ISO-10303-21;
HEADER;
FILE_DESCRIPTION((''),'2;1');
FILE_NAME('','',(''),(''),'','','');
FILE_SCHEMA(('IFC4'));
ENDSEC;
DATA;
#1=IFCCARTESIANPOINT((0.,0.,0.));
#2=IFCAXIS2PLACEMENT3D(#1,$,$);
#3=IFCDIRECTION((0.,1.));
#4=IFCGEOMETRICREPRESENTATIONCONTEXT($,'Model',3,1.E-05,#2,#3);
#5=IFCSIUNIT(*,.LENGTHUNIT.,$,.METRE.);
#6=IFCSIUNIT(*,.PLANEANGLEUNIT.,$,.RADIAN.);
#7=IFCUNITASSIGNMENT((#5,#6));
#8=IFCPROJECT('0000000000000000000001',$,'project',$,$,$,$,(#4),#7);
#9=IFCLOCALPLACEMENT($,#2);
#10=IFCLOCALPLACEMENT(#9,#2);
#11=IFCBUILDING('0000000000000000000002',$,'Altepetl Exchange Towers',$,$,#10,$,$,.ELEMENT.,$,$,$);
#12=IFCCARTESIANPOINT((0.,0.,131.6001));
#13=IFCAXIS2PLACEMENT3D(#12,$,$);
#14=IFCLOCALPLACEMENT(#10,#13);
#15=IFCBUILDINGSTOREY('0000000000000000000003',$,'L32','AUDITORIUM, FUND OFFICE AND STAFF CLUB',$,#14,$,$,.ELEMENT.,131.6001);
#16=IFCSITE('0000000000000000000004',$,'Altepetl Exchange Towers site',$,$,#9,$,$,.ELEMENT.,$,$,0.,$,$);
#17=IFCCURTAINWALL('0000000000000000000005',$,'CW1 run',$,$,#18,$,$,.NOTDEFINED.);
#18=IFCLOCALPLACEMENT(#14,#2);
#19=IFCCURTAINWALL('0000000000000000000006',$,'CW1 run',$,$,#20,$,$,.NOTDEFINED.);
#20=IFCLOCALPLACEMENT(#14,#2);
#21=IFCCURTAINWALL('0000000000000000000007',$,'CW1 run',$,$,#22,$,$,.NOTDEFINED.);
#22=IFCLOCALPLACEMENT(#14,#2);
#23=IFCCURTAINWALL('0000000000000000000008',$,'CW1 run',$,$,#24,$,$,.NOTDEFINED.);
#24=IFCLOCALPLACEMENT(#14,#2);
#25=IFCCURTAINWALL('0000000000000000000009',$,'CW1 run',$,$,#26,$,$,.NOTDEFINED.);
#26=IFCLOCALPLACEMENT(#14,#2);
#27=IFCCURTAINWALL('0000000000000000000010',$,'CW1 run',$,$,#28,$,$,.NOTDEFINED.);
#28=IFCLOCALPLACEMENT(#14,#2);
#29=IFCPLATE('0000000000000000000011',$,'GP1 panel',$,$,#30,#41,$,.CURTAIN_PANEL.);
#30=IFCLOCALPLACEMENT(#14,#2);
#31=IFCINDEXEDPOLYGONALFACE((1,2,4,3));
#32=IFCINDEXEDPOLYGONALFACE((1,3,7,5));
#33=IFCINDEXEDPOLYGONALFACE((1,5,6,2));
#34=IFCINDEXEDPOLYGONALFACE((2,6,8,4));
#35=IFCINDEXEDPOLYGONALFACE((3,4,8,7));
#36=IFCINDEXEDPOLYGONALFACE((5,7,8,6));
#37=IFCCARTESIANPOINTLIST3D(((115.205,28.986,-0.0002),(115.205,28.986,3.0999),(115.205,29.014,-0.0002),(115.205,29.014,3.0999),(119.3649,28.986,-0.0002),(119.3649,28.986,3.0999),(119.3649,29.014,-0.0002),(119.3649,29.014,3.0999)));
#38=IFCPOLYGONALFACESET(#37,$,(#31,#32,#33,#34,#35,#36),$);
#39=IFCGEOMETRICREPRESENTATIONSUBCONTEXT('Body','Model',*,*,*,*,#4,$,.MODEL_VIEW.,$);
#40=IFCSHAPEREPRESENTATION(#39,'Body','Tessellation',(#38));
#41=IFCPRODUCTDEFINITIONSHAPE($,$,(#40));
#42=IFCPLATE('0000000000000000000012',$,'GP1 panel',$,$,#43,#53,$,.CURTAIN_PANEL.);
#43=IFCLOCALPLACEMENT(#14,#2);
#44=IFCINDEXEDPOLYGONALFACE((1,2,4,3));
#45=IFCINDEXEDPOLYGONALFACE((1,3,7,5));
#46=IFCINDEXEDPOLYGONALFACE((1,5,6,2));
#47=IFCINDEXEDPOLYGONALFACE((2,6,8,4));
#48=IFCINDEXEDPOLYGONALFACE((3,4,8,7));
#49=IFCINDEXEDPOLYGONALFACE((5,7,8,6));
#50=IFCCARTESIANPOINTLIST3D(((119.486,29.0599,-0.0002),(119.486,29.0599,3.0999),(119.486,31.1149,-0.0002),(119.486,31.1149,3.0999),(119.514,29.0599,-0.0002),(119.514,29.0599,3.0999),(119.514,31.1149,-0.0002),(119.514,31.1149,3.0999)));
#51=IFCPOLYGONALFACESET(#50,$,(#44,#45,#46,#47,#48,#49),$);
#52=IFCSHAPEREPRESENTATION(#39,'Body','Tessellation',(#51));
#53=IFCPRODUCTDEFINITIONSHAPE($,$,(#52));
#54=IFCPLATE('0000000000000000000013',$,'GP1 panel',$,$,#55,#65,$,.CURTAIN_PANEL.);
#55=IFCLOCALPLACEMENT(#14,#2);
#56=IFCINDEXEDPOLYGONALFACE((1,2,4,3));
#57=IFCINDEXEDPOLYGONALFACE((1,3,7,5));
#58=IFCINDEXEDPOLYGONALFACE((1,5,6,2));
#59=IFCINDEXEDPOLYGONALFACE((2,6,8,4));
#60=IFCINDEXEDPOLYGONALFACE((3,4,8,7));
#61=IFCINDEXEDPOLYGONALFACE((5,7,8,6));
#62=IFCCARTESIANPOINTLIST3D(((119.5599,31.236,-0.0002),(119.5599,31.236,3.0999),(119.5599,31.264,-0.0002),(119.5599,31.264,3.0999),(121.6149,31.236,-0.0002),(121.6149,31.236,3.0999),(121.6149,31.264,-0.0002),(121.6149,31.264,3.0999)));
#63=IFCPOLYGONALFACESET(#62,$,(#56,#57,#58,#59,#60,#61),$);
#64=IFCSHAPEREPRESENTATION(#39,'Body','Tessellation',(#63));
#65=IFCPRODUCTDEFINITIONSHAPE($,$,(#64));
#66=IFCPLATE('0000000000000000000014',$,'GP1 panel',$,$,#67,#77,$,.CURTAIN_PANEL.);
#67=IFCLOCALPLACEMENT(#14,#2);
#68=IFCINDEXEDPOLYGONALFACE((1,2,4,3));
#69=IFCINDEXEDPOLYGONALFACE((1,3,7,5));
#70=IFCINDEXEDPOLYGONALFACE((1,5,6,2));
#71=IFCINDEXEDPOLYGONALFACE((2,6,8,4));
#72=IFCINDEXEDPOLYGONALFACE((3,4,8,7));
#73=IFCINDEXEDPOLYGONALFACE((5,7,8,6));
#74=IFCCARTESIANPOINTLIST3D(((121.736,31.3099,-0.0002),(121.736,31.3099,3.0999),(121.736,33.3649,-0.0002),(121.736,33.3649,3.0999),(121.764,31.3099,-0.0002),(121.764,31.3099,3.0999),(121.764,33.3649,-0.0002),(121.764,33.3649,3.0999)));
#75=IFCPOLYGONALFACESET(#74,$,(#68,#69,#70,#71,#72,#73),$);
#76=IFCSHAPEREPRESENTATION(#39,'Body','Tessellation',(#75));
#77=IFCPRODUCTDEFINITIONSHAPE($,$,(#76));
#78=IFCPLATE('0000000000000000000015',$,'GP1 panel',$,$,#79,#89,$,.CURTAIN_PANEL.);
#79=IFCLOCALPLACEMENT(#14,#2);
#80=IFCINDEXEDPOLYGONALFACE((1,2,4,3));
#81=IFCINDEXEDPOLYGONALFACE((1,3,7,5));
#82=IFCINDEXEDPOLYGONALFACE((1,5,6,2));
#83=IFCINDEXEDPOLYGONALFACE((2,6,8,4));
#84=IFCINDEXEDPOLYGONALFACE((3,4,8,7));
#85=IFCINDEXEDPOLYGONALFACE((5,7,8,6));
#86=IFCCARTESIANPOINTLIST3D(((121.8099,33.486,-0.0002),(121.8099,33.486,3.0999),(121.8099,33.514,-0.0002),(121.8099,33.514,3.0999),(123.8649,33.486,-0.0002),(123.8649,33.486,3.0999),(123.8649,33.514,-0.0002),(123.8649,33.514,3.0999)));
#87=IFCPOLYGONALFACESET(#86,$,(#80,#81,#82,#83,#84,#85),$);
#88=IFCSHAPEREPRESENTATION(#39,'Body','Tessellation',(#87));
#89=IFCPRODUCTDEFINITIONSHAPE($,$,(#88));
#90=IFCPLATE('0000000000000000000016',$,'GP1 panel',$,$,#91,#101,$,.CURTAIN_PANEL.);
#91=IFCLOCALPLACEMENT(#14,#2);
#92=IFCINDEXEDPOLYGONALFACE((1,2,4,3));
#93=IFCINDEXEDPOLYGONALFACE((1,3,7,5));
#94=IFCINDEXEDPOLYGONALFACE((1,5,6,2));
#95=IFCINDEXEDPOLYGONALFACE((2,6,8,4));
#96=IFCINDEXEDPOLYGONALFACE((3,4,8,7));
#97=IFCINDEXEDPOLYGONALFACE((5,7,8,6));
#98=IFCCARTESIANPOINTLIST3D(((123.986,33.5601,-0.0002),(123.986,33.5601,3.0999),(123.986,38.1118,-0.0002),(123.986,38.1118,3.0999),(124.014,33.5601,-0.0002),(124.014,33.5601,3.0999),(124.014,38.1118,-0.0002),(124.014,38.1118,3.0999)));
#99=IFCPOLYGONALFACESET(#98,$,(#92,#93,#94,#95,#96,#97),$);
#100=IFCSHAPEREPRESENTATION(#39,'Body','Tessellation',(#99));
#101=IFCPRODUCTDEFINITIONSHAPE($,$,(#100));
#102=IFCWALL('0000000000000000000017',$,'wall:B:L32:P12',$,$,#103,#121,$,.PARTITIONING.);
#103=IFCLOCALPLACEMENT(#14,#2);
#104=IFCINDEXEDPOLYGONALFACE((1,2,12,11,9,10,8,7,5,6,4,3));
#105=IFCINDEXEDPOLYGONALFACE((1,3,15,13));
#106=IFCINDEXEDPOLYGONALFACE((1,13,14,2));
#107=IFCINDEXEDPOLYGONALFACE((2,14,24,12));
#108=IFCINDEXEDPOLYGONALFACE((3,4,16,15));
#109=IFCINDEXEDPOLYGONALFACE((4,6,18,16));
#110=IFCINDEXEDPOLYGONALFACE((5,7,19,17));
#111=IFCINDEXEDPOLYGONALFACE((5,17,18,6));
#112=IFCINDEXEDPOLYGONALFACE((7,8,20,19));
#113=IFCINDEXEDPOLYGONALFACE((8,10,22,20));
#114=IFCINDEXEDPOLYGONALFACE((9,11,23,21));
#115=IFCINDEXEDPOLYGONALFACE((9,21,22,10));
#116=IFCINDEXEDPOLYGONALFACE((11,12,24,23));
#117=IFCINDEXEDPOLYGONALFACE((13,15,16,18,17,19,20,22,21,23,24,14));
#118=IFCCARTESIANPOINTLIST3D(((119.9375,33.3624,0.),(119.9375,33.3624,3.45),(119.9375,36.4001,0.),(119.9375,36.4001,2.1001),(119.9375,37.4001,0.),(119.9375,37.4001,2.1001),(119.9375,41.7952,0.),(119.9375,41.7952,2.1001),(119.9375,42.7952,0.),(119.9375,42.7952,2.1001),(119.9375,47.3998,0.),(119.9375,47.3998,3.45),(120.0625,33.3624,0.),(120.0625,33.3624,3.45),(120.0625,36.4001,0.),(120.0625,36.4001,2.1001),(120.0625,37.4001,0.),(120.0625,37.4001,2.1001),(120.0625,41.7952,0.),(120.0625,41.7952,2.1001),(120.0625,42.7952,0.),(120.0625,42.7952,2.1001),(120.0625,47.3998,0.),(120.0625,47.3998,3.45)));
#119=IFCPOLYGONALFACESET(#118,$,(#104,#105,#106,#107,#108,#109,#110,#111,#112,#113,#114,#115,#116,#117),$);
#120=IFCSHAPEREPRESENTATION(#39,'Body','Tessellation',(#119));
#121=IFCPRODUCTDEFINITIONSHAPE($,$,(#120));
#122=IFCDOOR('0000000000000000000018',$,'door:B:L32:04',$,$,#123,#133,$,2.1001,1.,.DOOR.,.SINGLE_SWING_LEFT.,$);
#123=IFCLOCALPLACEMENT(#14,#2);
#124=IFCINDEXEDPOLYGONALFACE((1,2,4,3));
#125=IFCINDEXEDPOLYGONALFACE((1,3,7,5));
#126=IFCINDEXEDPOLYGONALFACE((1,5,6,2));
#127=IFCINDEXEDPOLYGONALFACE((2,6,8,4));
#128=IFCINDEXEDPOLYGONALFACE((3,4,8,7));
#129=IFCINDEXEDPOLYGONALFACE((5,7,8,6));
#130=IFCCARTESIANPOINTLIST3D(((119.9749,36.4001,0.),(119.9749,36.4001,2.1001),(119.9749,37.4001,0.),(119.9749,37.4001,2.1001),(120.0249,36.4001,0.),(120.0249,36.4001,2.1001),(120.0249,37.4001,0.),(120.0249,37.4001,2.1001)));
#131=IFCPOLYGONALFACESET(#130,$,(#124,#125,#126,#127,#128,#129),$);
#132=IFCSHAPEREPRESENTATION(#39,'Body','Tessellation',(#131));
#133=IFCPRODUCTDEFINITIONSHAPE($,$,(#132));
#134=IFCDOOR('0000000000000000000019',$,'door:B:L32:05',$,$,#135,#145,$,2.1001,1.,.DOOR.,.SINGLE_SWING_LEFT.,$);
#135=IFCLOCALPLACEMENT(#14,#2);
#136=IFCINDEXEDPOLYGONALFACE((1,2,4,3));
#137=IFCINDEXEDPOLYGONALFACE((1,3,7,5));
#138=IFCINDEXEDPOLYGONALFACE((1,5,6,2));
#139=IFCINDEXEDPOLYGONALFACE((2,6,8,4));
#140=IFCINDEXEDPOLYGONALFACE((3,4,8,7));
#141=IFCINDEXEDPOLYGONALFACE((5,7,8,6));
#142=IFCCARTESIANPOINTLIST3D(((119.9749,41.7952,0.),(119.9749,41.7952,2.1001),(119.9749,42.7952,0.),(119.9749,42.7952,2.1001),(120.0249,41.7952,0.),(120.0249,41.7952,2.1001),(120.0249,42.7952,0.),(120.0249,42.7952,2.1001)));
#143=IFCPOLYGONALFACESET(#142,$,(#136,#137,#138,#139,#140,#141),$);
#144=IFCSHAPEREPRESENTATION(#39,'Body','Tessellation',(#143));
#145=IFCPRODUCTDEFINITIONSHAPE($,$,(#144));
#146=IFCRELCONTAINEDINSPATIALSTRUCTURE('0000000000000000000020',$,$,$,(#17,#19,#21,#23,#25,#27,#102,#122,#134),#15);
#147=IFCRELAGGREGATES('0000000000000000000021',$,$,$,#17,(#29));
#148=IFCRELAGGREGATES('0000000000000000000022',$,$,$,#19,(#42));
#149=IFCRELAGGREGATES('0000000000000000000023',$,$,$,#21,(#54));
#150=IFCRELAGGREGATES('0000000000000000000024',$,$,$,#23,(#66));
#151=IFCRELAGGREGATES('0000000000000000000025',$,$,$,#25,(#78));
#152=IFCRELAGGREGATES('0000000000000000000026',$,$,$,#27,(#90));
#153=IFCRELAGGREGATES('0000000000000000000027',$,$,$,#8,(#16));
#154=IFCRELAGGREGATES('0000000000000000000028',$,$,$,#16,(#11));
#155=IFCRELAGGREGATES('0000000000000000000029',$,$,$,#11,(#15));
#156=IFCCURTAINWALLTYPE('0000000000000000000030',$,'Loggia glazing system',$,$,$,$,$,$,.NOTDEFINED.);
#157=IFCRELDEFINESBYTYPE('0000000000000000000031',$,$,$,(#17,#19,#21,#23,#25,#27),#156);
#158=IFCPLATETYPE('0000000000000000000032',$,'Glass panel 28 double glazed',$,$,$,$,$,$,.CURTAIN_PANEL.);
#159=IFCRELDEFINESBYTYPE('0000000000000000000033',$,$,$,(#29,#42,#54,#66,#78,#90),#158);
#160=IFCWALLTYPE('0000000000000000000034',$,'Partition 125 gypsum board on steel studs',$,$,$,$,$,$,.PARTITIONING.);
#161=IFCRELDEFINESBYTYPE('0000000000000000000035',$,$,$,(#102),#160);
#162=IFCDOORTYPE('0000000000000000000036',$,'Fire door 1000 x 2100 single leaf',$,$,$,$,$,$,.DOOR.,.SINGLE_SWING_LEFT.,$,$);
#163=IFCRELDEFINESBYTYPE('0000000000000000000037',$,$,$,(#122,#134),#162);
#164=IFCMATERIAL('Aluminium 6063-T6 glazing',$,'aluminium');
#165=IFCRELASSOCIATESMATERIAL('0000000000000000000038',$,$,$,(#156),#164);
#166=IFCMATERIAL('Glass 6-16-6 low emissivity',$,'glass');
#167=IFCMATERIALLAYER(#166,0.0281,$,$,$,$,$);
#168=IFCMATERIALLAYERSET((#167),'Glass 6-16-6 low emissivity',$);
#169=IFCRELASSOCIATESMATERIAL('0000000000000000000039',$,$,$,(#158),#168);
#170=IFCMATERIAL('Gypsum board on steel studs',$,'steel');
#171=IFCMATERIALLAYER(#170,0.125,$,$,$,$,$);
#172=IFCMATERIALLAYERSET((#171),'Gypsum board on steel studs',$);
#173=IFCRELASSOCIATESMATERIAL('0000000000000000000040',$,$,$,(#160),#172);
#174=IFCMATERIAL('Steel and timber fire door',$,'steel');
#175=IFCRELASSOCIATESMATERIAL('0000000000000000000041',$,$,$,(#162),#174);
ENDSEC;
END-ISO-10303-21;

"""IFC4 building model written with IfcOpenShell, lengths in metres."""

from ifc_helpers import new_model, si_unit, direction, frame, frame_2d, origin, origin_2d, place, context, subcontext, project, spatial, rectangle, extrude, material, layer, layer_set, type_object, element, fill, aggregate, save


model = new_model("IFC4")

# Units and contexts
model_context = context("Model", 3, precision=1e-05, world=origin(), true_north=direction((0.0, 1.0)))
body_context = subcontext(model_context, "Body", "Model", "MODEL_VIEW")
ifc_project = project(units=[si_unit("LENGTHUNIT", "METRE"), si_unit("PLANEANGLEUNIT", "RADIAN")], contexts=[model_context])

# Site, building, storey
site_placement = place(None, origin())
site = spatial("IfcSite", under=ifc_project, at=site_placement, Name="Altepetl Exchange Towers site", CompositionType="ELEMENT", RefElevation=0.0)
building_placement = place(site_placement, origin())
building = spatial("IfcBuilding", under=site, at=building_placement, Name="Altepetl Exchange Towers", CompositionType="ELEMENT")
storey_placement = place(building_placement, frame((0.0, 0.0, 131.6001)))
storey = spatial("IfcBuildingStorey", under=building, at=storey_placement, Name="L32", Description="AUDITORIUM, FUND OFFICE AND STAFF CLUB", CompositionType="ELEMENT", Elevation=131.6001)

# Curtain wall
ifc_material_1 = material(Name="Aluminium 6063-T6 glazing", Category="aluminium")
curtain_wall_type = type_object("IfcCurtainWallType", Name="Loggia glazing system", PredefinedType="NOTDEFINED", material=ifc_material_1)
curtain_wall_1_placement = place(storey_placement, origin())
curtain_wall_1 = element("IfcCurtainWall", 1, at=curtain_wall_1_placement, inside=storey, type_object=curtain_wall_type, Name="CW1 run", PredefinedType="NOTDEFINED")

# Curtain walls
curtain_wall_2_placement = place(storey_placement, origin())
curtain_wall_2 = element("IfcCurtainWall", 2, at=curtain_wall_2_placement, inside=storey, type_object=curtain_wall_type, Name="CW1 run", PredefinedType="NOTDEFINED")
curtain_wall_3_placement = place(storey_placement, origin())
curtain_wall_3 = element("IfcCurtainWall", 3, at=curtain_wall_3_placement, inside=storey, type_object=curtain_wall_type, Name="CW1 run", PredefinedType="NOTDEFINED")
curtain_wall_4_placement = place(storey_placement, origin())
curtain_wall_4 = element("IfcCurtainWall", 4, at=curtain_wall_4_placement, inside=storey, type_object=curtain_wall_type, Name="CW1 run", PredefinedType="NOTDEFINED")
curtain_wall_5_placement = place(storey_placement, origin())
curtain_wall_5 = element("IfcCurtainWall", 5, at=curtain_wall_5_placement, inside=storey, type_object=curtain_wall_type, Name="CW1 run", PredefinedType="NOTDEFINED")

# Curtain wall
curtain_wall_6_placement = place(storey_placement, origin())
curtain_wall_6 = element("IfcCurtainWall", 6, at=curtain_wall_6_placement, inside=storey, type_object=curtain_wall_type, Name="CW1 run", PredefinedType="NOTDEFINED")

# Plates
ifc_material_2 = material(Name="Glass 6-16-6 low emissivity", Category="glass")
ifc_layer_1 = layer(ifc_material_2, 0.0281)
ifc_layer_set_1 = layer_set([ifc_layer_1], Name="Glass 6-16-6 low emissivity")
plate_type = type_object("IfcPlateType", Name="Glass panel 28 double glazed", PredefinedType="CURTAIN_PANEL", material=ifc_layer_set_1)
plate_1_placement = place(storey_placement, frame((117.2849, 29.0, -0.0002)))
plate_1 = element("IfcPlate", 7, at=plate_1_placement, type_object=plate_type, Name="GP1 panel", PredefinedType="CURTAIN_PANEL", context=body_context, shape_type="SweptSolid", body=[
    extrude(rectangle(XDim=4.1599, YDim=0.0281, at=origin_2d()), origin(), (0.0, 0.0, 1.0), 3.1001),
])
aggregate(curtain_wall_1, [plate_1])
plate_2_placement = place(storey_placement, frame((119.5, 30.0874, -0.0002), z_axis=(0.0, 0.0, 1.0), x_axis=(0.0, 1.0, 0.0)))
plate_2 = element("IfcPlate", 8, at=plate_2_placement, type_object=plate_type, Name="GP1 panel", PredefinedType="CURTAIN_PANEL", context=body_context, shape_type="SweptSolid", body=[
    extrude(rectangle(XDim=2.0549, YDim=0.0281, at=origin_2d()), origin(), (0.0, 0.0, 1.0), 3.1001),
])
aggregate(curtain_wall_2, [plate_2])
plate_3_placement = place(storey_placement, frame((120.5874, 31.25, -0.0002)))
plate_3 = element("IfcPlate", 9, at=plate_3_placement, type_object=plate_type, Name="GP1 panel", PredefinedType="CURTAIN_PANEL", context=body_context, shape_type="SweptSolid", body=[
    extrude(rectangle(XDim=2.0549, YDim=0.0281, at=origin_2d()), origin(), (0.0, 0.0, 1.0), 3.1001),
])
aggregate(curtain_wall_3, [plate_3])
plate_4_placement = place(storey_placement, frame((121.75, 32.3374, -0.0002), z_axis=(0.0, 0.0, 1.0), x_axis=(0.0, 1.0, 0.0)))
plate_4 = element("IfcPlate", 10, at=plate_4_placement, type_object=plate_type, Name="GP1 panel", PredefinedType="CURTAIN_PANEL", context=body_context, shape_type="SweptSolid", body=[
    extrude(rectangle(XDim=2.0549, YDim=0.0281, at=origin_2d()), origin(), (0.0, 0.0, 1.0), 3.1001),
])
aggregate(curtain_wall_4, [plate_4])
plate_5_placement = place(storey_placement, frame((122.8374, 33.5, -0.0002)))
plate_5 = element("IfcPlate", 11, at=plate_5_placement, type_object=plate_type, Name="GP1 panel", PredefinedType="CURTAIN_PANEL", context=body_context, shape_type="SweptSolid", body=[
    extrude(rectangle(XDim=2.0549, YDim=0.0281, at=origin_2d()), origin(), (0.0, 0.0, 1.0), 3.1001),
])
aggregate(curtain_wall_5, [plate_5])
plate_6_placement = place(storey_placement, frame((124.0, 35.8359, -0.0002), z_axis=(0.0, 0.0, 1.0), x_axis=(0.0, 1.0, 0.0)))
plate_6 = element("IfcPlate", 12, at=plate_6_placement, type_object=plate_type, Name="GP1 panel", PredefinedType="CURTAIN_PANEL", context=body_context, shape_type="SweptSolid", body=[
    extrude(rectangle(XDim=4.5518, YDim=0.0281, at=origin_2d()), origin(), (0.0, 0.0, 1.0), 3.1001),
])
aggregate(curtain_wall_6, [plate_6])

# Wall, openings, doors
ifc_material_3 = material(Name="Gypsum board on steel studs", Category="steel")
ifc_layer_2 = layer(ifc_material_3, 0.125)
ifc_layer_set_2 = layer_set([ifc_layer_2], Name="Gypsum board on steel studs")
wall_type = type_object("IfcWallType", Name="Partition 125 gypsum board on steel studs", PredefinedType="PARTITIONING", material=ifc_layer_set_2)
wall_placement = place(storey_placement, frame((120.0, 33.3625, 0.0), z_axis=(0.0, 0.0, 1.0), x_axis=(0.0, 1.0, 0.0)))
wall = element("IfcWall", 13, at=wall_placement, inside=storey, type_object=wall_type, Name="wall:B:L32:P12", PredefinedType="PARTITIONING", context=body_context, shape_type="SweptSolid", body=[
    extrude(rectangle(XDim=14.0374, YDim=0.125, at=frame_2d((7.0186, 0.0))), origin(), (0.0, 0.0, 1.0), 3.45),
])
opening_1_placement = place(wall_placement, frame((3.0376, 0.0, 0.0)))
opening_1 = element("IfcOpeningElement", 14, at=opening_1_placement, cuts=wall, PredefinedType="OPENING", context=body_context, shape_type="SweptSolid", body=[
    extrude(rectangle(XDim=1.0, YDim=2.1001, at=frame_2d((0.5, 1.05))), frame((0.0, 0.0725, 0.0), z_axis=(0.0, -1.0, 0.0), x_axis=(1.0, 0.0, 0.0)), (0.0, 0.0, 1.0), 0.145),
])
opening_2_placement = place(wall_placement, frame((8.4326, 0.0, 0.0)))
opening_2 = element("IfcOpeningElement", 15, at=opening_2_placement, cuts=wall, PredefinedType="OPENING", context=body_context, shape_type="SweptSolid", body=[
    extrude(rectangle(XDim=1.0, YDim=2.1001, at=frame_2d((0.5, 1.05))), frame((0.0, 0.0725, 0.0), z_axis=(0.0, -1.0, 0.0), x_axis=(1.0, 0.0, 0.0)), (0.0, 0.0, 1.0), 0.145),
])
ifc_material_4 = material(Name="Steel and timber fire door", Category="steel")
door_type = type_object("IfcDoorType", Name="Fire door 1000 x 2100 single leaf", OperationType="SINGLE_SWING_LEFT", PredefinedType="DOOR", material=ifc_material_4)
door_1_placement = place(opening_1_placement, frame((1.0, 0.0, 0.0), x_axis=(-1.0, 0.0, 0.0)))
door_1 = element("IfcDoor", 16, at=door_1_placement, inside=storey, type_object=door_type, Name="door:B:L32:04", OperationType="SINGLE_SWING_LEFT", OverallHeight=2.1001, OverallWidth=1.0, PredefinedType="DOOR", context=body_context, shape_type="SweptSolid", body=[
    extrude(rectangle(XDim=1.0, YDim=2.1001, at=frame_2d((0.5, 1.05))), frame((0.0, 0.0249, 0.0), z_axis=(0.0, -1.0, 0.0), x_axis=(1.0, 0.0, 0.0)), (0.0, 0.0, 1.0), 0.05),
])
fill(opening_1, door_1)
door_2_placement = place(opening_2_placement, frame((1.0, 0.0, 0.0), x_axis=(-1.0, 0.0, 0.0)))
door_2 = element("IfcDoor", 17, at=door_2_placement, inside=storey, type_object=door_type, Name="door:B:L32:05", OperationType="SINGLE_SWING_LEFT", OverallHeight=2.1001, OverallWidth=1.0, PredefinedType="DOOR", context=body_context, shape_type="SweptSolid", body=[
    extrude(rectangle(XDim=1.0, YDim=2.1001, at=frame_2d((0.5, 1.05))), frame((0.0, 0.0249, 0.0), z_axis=(0.0, -1.0, 0.0), x_axis=(1.0, 0.0, 0.0)), (0.0, 0.0, 1.0), 0.05),
])
fill(opening_2, door_2)

save(model, "model.ifc")
